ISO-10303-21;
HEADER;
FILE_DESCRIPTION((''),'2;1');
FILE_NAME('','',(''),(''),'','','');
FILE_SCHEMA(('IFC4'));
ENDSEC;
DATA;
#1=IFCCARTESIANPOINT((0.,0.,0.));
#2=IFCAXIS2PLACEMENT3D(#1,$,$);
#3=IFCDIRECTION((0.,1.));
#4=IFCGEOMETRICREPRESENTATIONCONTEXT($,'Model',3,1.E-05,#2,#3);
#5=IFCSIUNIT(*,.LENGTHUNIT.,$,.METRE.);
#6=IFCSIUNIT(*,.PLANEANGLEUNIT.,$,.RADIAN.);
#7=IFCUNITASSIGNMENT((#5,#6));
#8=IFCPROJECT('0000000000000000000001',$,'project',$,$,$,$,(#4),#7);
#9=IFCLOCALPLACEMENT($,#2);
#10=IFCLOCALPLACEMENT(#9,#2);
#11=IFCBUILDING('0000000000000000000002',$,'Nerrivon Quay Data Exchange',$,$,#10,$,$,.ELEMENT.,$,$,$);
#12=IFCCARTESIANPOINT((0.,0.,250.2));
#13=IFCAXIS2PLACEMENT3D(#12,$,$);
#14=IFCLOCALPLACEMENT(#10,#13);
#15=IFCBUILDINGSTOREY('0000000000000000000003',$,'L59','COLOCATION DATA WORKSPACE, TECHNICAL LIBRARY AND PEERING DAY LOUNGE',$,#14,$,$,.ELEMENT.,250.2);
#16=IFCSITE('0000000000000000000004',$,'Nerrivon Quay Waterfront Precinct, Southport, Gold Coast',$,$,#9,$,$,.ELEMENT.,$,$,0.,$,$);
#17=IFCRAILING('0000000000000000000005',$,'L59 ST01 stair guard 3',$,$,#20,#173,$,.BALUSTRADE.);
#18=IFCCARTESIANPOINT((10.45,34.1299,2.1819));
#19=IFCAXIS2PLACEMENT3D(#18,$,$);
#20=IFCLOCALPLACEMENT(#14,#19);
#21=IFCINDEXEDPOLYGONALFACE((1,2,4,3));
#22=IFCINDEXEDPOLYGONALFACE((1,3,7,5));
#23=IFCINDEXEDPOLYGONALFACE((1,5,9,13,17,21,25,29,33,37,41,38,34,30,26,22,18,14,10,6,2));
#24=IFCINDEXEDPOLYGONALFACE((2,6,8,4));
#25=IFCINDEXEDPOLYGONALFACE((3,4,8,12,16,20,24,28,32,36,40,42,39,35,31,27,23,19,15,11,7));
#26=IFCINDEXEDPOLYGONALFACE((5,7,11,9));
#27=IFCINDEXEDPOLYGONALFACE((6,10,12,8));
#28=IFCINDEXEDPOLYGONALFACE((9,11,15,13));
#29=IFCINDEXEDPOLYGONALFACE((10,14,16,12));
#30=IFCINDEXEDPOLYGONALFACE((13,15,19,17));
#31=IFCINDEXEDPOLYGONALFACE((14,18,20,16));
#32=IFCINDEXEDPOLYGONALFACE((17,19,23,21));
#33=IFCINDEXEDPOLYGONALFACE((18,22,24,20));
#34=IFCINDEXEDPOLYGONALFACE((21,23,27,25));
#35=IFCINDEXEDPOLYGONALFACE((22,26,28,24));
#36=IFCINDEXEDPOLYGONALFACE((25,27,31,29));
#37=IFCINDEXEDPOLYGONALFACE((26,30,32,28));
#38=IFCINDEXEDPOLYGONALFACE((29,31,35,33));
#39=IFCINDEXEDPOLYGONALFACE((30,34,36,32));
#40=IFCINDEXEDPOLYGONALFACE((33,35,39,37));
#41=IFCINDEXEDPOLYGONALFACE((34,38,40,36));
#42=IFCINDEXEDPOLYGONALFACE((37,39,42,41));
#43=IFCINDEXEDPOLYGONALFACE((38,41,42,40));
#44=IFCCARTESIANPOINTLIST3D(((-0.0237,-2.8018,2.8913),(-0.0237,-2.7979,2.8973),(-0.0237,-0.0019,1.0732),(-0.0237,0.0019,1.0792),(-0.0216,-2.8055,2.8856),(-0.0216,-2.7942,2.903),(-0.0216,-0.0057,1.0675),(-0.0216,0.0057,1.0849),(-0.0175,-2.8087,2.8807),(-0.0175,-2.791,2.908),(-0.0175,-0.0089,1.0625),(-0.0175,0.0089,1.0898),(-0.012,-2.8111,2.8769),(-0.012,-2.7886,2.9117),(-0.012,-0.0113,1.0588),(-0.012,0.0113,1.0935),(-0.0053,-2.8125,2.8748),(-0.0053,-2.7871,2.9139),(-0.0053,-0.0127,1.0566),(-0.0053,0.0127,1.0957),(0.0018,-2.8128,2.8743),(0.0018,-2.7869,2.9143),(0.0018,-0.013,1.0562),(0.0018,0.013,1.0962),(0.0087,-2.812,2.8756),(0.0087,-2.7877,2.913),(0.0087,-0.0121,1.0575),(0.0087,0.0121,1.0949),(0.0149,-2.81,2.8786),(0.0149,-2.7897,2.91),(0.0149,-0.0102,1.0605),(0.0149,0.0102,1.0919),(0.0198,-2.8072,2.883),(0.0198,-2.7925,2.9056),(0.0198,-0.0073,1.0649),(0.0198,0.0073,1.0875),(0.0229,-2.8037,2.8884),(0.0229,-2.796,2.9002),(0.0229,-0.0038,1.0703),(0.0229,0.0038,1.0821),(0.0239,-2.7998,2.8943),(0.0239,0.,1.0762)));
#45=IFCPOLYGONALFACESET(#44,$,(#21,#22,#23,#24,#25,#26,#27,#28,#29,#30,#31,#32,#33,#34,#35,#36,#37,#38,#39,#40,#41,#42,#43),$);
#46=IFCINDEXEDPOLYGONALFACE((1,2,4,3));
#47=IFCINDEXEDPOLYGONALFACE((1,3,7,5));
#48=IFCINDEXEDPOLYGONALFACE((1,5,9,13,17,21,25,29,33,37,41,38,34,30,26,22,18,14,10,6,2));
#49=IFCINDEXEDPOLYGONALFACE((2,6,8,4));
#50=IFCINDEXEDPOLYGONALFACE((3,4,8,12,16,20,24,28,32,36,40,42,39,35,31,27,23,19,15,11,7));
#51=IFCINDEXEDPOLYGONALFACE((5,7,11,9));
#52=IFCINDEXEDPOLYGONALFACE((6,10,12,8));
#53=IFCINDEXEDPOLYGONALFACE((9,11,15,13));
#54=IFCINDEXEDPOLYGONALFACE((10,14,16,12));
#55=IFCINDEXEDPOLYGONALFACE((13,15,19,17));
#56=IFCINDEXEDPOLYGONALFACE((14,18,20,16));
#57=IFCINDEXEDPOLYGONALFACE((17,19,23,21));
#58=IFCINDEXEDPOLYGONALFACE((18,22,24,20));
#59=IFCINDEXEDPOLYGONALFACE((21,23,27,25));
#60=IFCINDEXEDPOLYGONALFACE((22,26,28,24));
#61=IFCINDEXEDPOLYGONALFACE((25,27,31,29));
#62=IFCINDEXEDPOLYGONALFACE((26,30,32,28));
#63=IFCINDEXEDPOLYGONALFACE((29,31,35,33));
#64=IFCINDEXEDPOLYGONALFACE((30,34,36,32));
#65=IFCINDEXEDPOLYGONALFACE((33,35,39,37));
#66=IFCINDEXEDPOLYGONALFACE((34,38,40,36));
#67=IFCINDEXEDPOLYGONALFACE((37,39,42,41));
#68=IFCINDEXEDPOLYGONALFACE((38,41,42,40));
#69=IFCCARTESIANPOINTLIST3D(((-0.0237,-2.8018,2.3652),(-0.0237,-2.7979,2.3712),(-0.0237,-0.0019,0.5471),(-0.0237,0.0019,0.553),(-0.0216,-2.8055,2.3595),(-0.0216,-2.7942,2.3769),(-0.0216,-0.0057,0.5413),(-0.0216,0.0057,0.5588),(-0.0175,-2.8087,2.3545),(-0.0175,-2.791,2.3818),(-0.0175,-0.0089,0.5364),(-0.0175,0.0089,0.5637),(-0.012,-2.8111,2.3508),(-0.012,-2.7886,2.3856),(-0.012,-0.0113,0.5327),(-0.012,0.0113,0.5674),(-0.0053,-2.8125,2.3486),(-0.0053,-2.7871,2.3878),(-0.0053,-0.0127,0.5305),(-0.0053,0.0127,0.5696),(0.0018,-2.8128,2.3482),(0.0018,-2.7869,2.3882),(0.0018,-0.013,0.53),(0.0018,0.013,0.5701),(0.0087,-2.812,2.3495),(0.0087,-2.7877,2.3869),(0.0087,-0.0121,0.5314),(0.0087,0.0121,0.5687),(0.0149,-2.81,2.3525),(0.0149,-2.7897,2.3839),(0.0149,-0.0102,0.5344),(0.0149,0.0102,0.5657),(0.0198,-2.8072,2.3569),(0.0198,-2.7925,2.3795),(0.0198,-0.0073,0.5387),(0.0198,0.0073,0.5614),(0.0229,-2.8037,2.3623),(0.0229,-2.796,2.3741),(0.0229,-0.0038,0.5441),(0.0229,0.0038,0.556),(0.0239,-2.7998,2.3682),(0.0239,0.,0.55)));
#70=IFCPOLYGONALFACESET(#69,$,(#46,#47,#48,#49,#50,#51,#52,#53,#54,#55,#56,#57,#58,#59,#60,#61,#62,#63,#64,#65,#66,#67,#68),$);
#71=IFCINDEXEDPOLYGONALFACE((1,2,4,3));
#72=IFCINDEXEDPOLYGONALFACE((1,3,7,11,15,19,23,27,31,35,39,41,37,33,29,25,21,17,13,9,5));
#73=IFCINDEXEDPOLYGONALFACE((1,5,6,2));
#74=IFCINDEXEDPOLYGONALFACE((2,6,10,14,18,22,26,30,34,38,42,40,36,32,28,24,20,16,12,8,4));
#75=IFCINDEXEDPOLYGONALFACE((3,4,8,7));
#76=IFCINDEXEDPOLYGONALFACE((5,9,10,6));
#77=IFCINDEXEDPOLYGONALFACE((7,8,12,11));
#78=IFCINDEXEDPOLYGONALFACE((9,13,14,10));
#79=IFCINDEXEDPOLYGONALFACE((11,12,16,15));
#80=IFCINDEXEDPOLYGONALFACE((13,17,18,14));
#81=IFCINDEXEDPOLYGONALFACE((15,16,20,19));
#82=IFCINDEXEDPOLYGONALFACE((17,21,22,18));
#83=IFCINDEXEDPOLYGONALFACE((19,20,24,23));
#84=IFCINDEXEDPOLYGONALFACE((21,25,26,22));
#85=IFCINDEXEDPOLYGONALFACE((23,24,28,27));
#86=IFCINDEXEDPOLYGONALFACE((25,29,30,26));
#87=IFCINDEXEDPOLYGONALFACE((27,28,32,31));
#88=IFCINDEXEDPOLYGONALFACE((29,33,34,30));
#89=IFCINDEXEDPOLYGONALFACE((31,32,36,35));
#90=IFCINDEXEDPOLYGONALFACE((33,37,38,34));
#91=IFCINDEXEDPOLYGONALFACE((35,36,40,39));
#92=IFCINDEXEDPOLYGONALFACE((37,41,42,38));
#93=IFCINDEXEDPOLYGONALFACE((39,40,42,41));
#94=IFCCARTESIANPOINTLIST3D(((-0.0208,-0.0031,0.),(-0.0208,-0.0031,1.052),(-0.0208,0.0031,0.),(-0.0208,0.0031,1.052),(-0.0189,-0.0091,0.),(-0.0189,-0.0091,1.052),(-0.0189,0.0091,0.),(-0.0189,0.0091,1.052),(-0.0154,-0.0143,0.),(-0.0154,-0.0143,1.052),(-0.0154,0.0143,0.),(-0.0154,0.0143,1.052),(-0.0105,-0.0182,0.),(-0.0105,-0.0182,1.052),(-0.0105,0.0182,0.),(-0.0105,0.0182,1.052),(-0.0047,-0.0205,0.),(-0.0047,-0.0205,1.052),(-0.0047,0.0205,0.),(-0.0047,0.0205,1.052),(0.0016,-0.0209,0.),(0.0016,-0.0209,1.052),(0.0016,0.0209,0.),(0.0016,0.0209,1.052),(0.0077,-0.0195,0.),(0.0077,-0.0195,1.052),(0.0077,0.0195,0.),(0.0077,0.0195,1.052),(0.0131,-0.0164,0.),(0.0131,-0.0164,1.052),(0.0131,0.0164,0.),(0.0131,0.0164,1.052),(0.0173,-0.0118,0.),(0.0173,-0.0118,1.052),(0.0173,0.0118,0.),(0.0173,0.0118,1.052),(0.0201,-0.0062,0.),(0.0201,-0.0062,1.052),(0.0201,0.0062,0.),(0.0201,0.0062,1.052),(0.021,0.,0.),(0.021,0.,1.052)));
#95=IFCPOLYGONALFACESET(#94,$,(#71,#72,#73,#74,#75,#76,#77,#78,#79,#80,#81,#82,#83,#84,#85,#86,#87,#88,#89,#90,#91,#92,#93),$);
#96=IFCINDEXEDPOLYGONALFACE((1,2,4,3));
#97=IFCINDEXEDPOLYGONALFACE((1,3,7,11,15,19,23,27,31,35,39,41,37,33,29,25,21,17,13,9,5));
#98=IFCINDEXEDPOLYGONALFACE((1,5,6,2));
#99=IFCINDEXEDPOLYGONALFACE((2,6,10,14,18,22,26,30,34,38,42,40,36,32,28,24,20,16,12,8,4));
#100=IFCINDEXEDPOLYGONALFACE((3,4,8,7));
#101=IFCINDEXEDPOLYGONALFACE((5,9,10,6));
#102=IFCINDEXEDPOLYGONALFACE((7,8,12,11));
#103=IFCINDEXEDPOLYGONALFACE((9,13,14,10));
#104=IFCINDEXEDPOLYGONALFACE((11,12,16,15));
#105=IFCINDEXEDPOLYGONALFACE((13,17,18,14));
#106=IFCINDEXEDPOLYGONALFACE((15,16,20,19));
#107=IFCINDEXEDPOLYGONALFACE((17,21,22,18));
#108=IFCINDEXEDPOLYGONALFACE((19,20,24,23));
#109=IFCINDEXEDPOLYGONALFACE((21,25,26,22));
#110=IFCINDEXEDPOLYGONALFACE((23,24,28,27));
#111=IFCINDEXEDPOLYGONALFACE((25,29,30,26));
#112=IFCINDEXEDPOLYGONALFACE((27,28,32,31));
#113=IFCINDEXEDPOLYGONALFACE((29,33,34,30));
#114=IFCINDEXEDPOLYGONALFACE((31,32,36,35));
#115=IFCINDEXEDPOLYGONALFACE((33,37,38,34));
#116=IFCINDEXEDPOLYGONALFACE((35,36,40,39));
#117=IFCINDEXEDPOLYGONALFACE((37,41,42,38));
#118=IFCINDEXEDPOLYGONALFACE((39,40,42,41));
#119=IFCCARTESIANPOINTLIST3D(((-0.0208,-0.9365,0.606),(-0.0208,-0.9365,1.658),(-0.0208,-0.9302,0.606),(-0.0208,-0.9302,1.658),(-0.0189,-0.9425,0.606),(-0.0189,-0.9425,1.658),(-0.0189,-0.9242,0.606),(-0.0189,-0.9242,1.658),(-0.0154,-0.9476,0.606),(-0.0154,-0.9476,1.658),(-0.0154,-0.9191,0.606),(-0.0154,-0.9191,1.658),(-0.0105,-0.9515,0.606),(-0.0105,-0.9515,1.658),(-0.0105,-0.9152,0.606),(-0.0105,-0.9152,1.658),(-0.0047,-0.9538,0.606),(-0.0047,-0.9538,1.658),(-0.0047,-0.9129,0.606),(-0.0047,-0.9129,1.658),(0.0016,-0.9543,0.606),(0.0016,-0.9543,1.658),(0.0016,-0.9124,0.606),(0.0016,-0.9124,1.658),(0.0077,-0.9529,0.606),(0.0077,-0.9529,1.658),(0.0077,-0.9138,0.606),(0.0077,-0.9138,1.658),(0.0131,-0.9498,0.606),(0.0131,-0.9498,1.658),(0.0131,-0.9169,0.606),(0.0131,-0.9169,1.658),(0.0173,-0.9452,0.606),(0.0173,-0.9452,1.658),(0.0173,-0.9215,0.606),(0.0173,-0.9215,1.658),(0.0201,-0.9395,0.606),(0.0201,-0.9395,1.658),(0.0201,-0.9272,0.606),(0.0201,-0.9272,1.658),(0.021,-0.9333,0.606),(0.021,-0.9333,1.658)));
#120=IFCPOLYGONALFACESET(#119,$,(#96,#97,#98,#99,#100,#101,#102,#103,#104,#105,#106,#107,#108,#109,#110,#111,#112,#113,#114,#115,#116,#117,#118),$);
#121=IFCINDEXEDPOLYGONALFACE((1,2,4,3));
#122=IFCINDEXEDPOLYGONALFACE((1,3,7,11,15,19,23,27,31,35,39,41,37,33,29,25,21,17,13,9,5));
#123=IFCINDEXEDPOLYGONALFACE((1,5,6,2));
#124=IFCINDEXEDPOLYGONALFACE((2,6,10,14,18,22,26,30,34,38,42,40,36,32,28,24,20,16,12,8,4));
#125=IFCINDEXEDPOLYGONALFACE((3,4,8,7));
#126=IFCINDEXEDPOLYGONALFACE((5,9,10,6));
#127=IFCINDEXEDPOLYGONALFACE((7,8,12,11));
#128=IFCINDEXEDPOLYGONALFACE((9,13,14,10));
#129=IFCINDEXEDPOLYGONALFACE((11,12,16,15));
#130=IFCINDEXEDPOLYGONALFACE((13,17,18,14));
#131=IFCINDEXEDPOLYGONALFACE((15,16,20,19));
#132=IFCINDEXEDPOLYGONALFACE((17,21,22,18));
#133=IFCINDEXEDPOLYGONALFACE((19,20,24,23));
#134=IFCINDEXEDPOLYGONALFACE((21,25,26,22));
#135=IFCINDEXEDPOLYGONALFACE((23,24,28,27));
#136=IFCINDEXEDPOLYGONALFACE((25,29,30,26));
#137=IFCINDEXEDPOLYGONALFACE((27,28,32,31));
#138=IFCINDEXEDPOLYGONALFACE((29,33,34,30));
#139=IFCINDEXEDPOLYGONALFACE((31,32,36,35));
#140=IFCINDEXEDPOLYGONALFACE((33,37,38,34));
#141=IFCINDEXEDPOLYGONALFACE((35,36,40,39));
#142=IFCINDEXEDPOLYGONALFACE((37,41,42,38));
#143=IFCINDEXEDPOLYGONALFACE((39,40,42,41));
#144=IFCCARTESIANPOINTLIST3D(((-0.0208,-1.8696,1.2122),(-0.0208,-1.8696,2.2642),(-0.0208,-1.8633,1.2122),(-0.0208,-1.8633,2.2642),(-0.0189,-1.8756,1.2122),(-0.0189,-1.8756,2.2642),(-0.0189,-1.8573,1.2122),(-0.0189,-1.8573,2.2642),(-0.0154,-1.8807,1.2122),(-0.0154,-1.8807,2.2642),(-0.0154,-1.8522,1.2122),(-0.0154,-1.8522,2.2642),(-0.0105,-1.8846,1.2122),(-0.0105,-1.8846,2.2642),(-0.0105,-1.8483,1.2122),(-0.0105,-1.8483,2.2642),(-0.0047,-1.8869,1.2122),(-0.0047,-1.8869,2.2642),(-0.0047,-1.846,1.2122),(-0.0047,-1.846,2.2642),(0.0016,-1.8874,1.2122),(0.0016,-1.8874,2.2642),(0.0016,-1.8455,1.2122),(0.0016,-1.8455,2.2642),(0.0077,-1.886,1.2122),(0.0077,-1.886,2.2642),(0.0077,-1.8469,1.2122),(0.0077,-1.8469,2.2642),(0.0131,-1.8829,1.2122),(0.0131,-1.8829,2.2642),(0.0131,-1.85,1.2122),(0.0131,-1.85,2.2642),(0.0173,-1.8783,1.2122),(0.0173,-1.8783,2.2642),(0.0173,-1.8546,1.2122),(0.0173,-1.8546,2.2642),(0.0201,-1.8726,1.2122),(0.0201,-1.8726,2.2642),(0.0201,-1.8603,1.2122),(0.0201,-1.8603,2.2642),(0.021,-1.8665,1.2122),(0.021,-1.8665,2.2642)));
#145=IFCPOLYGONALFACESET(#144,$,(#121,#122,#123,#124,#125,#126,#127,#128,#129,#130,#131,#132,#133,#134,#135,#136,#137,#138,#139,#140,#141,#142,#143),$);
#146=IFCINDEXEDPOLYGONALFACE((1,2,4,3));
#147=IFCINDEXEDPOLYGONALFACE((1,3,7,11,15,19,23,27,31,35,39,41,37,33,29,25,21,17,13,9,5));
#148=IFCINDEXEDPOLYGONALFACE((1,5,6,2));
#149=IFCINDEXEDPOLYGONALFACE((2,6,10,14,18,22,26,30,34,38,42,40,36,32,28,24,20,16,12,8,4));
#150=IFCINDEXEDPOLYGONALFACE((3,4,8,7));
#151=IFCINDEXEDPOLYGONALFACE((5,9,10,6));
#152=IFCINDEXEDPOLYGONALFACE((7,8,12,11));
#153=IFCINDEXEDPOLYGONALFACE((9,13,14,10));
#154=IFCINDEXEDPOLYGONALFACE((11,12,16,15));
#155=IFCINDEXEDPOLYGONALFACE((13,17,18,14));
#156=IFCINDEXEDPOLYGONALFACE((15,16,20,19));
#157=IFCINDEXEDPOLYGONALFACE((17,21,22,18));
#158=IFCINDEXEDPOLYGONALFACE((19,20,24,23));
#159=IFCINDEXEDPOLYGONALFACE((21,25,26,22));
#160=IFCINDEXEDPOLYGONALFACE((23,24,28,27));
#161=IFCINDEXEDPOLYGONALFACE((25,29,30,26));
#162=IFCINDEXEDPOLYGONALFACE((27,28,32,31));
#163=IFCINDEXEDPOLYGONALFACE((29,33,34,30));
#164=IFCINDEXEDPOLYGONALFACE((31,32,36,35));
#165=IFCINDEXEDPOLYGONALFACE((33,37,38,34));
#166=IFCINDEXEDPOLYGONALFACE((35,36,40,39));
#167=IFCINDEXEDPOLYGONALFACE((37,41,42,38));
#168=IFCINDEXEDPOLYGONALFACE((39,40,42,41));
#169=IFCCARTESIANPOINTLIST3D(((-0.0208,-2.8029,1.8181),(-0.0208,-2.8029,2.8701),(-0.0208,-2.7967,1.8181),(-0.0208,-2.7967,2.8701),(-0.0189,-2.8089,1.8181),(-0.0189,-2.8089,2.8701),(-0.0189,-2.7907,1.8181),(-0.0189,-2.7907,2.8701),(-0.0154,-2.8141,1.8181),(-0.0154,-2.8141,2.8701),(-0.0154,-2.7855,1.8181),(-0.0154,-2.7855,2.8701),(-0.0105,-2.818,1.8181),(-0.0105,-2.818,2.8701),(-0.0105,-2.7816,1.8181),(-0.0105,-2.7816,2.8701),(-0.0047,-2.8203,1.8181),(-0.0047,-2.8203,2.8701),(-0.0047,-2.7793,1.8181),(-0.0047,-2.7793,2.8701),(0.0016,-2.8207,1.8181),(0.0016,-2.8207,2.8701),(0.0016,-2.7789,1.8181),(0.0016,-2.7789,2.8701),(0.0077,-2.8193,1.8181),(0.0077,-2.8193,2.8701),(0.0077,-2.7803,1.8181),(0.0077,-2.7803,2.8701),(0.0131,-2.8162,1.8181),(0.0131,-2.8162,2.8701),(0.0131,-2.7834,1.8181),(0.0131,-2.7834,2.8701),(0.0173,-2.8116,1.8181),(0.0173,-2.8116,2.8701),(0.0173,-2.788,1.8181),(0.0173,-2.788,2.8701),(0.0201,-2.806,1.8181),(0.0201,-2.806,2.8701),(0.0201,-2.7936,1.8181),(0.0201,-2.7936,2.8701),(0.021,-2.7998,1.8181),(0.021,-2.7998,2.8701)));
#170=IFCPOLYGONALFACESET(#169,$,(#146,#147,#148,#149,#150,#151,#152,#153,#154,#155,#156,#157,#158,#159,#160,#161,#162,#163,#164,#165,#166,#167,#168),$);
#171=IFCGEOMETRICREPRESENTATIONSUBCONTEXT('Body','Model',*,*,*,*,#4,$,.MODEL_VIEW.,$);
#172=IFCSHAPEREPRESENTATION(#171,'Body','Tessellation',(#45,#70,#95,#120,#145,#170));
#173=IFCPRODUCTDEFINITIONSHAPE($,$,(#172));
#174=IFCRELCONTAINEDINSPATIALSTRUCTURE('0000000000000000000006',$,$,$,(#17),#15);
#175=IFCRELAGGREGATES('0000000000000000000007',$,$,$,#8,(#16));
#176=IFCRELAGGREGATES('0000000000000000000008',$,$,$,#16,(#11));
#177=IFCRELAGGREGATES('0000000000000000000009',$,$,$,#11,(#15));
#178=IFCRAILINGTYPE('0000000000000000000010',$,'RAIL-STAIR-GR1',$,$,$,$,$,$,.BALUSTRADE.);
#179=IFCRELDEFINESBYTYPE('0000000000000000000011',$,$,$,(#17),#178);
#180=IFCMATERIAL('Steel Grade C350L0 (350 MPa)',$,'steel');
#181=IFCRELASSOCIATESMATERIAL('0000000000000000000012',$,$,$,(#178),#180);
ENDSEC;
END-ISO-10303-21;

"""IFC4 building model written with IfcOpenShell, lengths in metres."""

from ifc_helpers import new_model, si_unit, direction, frame, origin, origin_2d, place, context, subcontext, project, spatial, circle, extrude, material, type_object, element, save


model = new_model("IFC4")

# Units and contexts
model_context = context("Model", 3, precision=1e-05, world=origin(), true_north=direction((0.0, 1.0)))
body_context = subcontext(model_context, "Body", "Model", "MODEL_VIEW")
ifc_project = project(units=[si_unit("LENGTHUNIT", "METRE"), si_unit("PLANEANGLEUNIT", "RADIAN")], contexts=[model_context])

# Site, building, storey
site_placement = place(None, origin())
site = spatial("IfcSite", under=ifc_project, at=site_placement, Name="Nerrivon Quay Waterfront Precinct, Southport, Gold Coast", CompositionType="ELEMENT", RefElevation=0.0)
building_placement = place(site_placement, origin())
building = spatial("IfcBuilding", under=site, at=building_placement, Name="Nerrivon Quay Data Exchange", CompositionType="ELEMENT")
storey_placement = place(building_placement, frame((0.0, 0.0, 250.2)))
storey = spatial("IfcBuildingStorey", under=building, at=storey_placement, Name="L59", Description="COLOCATION DATA WORKSPACE, TECHNICAL LIBRARY AND PEERING DAY LOUNGE", CompositionType="ELEMENT", Elevation=250.2)

# Shared definitions
ifc_material_1 = material(Name="Steel Grade C350L0 (350 MPa)", Category="steel")

# Railing
railing_type_1 = type_object("IfcRailingType", Name="RAIL-STAIR-GR1", PredefinedType="BALUSTRADE", material=ifc_material_1)
railing_1_placement = place(storey_placement, frame((10.45, 34.1299, 2.1819)))
element("IfcRailing", 1, at=railing_1_placement, inside=storey, type_object=railing_type_1, Name="L59 ST01 stair guard 3", PredefinedType="BALUSTRADE", context=body_context, shape_type="SweptSolid", body=[
    extrude(circle(Radius=0.0239, at=origin_2d()), frame((0.0, 0.0, 1.0762), z_axis=(0.0, -0.838684, 0.544618), x_axis=(1.0, 0.0, 0.0)), (0.0, 0.0, 1.0), 3.3384),
    extrude(circle(Radius=0.0239, at=origin_2d()), frame((0.0, 0.0, 0.55), z_axis=(0.0, -0.838684, 0.544618), x_axis=(1.0, 0.0, 0.0)), (0.0, 0.0, 1.0), 3.3384),
    extrude(circle(Radius=0.021, at=origin_2d()), origin(), (0.0, 0.0, 1.0), 1.052),
    extrude(circle(Radius=0.021, at=origin_2d()), frame((0.0, -0.9333, 0.606)), (0.0, 0.0, 1.0), 1.052),
    extrude(circle(Radius=0.021, at=origin_2d()), frame((0.0, -1.8665, 1.2122)), (0.0, 0.0, 1.0), 1.052),
    extrude(circle(Radius=0.021, at=origin_2d()), frame((0.0, -2.7998, 1.8181)), (0.0, 0.0, 1.0), 1.052),
])

save(model, "model.ifc")
